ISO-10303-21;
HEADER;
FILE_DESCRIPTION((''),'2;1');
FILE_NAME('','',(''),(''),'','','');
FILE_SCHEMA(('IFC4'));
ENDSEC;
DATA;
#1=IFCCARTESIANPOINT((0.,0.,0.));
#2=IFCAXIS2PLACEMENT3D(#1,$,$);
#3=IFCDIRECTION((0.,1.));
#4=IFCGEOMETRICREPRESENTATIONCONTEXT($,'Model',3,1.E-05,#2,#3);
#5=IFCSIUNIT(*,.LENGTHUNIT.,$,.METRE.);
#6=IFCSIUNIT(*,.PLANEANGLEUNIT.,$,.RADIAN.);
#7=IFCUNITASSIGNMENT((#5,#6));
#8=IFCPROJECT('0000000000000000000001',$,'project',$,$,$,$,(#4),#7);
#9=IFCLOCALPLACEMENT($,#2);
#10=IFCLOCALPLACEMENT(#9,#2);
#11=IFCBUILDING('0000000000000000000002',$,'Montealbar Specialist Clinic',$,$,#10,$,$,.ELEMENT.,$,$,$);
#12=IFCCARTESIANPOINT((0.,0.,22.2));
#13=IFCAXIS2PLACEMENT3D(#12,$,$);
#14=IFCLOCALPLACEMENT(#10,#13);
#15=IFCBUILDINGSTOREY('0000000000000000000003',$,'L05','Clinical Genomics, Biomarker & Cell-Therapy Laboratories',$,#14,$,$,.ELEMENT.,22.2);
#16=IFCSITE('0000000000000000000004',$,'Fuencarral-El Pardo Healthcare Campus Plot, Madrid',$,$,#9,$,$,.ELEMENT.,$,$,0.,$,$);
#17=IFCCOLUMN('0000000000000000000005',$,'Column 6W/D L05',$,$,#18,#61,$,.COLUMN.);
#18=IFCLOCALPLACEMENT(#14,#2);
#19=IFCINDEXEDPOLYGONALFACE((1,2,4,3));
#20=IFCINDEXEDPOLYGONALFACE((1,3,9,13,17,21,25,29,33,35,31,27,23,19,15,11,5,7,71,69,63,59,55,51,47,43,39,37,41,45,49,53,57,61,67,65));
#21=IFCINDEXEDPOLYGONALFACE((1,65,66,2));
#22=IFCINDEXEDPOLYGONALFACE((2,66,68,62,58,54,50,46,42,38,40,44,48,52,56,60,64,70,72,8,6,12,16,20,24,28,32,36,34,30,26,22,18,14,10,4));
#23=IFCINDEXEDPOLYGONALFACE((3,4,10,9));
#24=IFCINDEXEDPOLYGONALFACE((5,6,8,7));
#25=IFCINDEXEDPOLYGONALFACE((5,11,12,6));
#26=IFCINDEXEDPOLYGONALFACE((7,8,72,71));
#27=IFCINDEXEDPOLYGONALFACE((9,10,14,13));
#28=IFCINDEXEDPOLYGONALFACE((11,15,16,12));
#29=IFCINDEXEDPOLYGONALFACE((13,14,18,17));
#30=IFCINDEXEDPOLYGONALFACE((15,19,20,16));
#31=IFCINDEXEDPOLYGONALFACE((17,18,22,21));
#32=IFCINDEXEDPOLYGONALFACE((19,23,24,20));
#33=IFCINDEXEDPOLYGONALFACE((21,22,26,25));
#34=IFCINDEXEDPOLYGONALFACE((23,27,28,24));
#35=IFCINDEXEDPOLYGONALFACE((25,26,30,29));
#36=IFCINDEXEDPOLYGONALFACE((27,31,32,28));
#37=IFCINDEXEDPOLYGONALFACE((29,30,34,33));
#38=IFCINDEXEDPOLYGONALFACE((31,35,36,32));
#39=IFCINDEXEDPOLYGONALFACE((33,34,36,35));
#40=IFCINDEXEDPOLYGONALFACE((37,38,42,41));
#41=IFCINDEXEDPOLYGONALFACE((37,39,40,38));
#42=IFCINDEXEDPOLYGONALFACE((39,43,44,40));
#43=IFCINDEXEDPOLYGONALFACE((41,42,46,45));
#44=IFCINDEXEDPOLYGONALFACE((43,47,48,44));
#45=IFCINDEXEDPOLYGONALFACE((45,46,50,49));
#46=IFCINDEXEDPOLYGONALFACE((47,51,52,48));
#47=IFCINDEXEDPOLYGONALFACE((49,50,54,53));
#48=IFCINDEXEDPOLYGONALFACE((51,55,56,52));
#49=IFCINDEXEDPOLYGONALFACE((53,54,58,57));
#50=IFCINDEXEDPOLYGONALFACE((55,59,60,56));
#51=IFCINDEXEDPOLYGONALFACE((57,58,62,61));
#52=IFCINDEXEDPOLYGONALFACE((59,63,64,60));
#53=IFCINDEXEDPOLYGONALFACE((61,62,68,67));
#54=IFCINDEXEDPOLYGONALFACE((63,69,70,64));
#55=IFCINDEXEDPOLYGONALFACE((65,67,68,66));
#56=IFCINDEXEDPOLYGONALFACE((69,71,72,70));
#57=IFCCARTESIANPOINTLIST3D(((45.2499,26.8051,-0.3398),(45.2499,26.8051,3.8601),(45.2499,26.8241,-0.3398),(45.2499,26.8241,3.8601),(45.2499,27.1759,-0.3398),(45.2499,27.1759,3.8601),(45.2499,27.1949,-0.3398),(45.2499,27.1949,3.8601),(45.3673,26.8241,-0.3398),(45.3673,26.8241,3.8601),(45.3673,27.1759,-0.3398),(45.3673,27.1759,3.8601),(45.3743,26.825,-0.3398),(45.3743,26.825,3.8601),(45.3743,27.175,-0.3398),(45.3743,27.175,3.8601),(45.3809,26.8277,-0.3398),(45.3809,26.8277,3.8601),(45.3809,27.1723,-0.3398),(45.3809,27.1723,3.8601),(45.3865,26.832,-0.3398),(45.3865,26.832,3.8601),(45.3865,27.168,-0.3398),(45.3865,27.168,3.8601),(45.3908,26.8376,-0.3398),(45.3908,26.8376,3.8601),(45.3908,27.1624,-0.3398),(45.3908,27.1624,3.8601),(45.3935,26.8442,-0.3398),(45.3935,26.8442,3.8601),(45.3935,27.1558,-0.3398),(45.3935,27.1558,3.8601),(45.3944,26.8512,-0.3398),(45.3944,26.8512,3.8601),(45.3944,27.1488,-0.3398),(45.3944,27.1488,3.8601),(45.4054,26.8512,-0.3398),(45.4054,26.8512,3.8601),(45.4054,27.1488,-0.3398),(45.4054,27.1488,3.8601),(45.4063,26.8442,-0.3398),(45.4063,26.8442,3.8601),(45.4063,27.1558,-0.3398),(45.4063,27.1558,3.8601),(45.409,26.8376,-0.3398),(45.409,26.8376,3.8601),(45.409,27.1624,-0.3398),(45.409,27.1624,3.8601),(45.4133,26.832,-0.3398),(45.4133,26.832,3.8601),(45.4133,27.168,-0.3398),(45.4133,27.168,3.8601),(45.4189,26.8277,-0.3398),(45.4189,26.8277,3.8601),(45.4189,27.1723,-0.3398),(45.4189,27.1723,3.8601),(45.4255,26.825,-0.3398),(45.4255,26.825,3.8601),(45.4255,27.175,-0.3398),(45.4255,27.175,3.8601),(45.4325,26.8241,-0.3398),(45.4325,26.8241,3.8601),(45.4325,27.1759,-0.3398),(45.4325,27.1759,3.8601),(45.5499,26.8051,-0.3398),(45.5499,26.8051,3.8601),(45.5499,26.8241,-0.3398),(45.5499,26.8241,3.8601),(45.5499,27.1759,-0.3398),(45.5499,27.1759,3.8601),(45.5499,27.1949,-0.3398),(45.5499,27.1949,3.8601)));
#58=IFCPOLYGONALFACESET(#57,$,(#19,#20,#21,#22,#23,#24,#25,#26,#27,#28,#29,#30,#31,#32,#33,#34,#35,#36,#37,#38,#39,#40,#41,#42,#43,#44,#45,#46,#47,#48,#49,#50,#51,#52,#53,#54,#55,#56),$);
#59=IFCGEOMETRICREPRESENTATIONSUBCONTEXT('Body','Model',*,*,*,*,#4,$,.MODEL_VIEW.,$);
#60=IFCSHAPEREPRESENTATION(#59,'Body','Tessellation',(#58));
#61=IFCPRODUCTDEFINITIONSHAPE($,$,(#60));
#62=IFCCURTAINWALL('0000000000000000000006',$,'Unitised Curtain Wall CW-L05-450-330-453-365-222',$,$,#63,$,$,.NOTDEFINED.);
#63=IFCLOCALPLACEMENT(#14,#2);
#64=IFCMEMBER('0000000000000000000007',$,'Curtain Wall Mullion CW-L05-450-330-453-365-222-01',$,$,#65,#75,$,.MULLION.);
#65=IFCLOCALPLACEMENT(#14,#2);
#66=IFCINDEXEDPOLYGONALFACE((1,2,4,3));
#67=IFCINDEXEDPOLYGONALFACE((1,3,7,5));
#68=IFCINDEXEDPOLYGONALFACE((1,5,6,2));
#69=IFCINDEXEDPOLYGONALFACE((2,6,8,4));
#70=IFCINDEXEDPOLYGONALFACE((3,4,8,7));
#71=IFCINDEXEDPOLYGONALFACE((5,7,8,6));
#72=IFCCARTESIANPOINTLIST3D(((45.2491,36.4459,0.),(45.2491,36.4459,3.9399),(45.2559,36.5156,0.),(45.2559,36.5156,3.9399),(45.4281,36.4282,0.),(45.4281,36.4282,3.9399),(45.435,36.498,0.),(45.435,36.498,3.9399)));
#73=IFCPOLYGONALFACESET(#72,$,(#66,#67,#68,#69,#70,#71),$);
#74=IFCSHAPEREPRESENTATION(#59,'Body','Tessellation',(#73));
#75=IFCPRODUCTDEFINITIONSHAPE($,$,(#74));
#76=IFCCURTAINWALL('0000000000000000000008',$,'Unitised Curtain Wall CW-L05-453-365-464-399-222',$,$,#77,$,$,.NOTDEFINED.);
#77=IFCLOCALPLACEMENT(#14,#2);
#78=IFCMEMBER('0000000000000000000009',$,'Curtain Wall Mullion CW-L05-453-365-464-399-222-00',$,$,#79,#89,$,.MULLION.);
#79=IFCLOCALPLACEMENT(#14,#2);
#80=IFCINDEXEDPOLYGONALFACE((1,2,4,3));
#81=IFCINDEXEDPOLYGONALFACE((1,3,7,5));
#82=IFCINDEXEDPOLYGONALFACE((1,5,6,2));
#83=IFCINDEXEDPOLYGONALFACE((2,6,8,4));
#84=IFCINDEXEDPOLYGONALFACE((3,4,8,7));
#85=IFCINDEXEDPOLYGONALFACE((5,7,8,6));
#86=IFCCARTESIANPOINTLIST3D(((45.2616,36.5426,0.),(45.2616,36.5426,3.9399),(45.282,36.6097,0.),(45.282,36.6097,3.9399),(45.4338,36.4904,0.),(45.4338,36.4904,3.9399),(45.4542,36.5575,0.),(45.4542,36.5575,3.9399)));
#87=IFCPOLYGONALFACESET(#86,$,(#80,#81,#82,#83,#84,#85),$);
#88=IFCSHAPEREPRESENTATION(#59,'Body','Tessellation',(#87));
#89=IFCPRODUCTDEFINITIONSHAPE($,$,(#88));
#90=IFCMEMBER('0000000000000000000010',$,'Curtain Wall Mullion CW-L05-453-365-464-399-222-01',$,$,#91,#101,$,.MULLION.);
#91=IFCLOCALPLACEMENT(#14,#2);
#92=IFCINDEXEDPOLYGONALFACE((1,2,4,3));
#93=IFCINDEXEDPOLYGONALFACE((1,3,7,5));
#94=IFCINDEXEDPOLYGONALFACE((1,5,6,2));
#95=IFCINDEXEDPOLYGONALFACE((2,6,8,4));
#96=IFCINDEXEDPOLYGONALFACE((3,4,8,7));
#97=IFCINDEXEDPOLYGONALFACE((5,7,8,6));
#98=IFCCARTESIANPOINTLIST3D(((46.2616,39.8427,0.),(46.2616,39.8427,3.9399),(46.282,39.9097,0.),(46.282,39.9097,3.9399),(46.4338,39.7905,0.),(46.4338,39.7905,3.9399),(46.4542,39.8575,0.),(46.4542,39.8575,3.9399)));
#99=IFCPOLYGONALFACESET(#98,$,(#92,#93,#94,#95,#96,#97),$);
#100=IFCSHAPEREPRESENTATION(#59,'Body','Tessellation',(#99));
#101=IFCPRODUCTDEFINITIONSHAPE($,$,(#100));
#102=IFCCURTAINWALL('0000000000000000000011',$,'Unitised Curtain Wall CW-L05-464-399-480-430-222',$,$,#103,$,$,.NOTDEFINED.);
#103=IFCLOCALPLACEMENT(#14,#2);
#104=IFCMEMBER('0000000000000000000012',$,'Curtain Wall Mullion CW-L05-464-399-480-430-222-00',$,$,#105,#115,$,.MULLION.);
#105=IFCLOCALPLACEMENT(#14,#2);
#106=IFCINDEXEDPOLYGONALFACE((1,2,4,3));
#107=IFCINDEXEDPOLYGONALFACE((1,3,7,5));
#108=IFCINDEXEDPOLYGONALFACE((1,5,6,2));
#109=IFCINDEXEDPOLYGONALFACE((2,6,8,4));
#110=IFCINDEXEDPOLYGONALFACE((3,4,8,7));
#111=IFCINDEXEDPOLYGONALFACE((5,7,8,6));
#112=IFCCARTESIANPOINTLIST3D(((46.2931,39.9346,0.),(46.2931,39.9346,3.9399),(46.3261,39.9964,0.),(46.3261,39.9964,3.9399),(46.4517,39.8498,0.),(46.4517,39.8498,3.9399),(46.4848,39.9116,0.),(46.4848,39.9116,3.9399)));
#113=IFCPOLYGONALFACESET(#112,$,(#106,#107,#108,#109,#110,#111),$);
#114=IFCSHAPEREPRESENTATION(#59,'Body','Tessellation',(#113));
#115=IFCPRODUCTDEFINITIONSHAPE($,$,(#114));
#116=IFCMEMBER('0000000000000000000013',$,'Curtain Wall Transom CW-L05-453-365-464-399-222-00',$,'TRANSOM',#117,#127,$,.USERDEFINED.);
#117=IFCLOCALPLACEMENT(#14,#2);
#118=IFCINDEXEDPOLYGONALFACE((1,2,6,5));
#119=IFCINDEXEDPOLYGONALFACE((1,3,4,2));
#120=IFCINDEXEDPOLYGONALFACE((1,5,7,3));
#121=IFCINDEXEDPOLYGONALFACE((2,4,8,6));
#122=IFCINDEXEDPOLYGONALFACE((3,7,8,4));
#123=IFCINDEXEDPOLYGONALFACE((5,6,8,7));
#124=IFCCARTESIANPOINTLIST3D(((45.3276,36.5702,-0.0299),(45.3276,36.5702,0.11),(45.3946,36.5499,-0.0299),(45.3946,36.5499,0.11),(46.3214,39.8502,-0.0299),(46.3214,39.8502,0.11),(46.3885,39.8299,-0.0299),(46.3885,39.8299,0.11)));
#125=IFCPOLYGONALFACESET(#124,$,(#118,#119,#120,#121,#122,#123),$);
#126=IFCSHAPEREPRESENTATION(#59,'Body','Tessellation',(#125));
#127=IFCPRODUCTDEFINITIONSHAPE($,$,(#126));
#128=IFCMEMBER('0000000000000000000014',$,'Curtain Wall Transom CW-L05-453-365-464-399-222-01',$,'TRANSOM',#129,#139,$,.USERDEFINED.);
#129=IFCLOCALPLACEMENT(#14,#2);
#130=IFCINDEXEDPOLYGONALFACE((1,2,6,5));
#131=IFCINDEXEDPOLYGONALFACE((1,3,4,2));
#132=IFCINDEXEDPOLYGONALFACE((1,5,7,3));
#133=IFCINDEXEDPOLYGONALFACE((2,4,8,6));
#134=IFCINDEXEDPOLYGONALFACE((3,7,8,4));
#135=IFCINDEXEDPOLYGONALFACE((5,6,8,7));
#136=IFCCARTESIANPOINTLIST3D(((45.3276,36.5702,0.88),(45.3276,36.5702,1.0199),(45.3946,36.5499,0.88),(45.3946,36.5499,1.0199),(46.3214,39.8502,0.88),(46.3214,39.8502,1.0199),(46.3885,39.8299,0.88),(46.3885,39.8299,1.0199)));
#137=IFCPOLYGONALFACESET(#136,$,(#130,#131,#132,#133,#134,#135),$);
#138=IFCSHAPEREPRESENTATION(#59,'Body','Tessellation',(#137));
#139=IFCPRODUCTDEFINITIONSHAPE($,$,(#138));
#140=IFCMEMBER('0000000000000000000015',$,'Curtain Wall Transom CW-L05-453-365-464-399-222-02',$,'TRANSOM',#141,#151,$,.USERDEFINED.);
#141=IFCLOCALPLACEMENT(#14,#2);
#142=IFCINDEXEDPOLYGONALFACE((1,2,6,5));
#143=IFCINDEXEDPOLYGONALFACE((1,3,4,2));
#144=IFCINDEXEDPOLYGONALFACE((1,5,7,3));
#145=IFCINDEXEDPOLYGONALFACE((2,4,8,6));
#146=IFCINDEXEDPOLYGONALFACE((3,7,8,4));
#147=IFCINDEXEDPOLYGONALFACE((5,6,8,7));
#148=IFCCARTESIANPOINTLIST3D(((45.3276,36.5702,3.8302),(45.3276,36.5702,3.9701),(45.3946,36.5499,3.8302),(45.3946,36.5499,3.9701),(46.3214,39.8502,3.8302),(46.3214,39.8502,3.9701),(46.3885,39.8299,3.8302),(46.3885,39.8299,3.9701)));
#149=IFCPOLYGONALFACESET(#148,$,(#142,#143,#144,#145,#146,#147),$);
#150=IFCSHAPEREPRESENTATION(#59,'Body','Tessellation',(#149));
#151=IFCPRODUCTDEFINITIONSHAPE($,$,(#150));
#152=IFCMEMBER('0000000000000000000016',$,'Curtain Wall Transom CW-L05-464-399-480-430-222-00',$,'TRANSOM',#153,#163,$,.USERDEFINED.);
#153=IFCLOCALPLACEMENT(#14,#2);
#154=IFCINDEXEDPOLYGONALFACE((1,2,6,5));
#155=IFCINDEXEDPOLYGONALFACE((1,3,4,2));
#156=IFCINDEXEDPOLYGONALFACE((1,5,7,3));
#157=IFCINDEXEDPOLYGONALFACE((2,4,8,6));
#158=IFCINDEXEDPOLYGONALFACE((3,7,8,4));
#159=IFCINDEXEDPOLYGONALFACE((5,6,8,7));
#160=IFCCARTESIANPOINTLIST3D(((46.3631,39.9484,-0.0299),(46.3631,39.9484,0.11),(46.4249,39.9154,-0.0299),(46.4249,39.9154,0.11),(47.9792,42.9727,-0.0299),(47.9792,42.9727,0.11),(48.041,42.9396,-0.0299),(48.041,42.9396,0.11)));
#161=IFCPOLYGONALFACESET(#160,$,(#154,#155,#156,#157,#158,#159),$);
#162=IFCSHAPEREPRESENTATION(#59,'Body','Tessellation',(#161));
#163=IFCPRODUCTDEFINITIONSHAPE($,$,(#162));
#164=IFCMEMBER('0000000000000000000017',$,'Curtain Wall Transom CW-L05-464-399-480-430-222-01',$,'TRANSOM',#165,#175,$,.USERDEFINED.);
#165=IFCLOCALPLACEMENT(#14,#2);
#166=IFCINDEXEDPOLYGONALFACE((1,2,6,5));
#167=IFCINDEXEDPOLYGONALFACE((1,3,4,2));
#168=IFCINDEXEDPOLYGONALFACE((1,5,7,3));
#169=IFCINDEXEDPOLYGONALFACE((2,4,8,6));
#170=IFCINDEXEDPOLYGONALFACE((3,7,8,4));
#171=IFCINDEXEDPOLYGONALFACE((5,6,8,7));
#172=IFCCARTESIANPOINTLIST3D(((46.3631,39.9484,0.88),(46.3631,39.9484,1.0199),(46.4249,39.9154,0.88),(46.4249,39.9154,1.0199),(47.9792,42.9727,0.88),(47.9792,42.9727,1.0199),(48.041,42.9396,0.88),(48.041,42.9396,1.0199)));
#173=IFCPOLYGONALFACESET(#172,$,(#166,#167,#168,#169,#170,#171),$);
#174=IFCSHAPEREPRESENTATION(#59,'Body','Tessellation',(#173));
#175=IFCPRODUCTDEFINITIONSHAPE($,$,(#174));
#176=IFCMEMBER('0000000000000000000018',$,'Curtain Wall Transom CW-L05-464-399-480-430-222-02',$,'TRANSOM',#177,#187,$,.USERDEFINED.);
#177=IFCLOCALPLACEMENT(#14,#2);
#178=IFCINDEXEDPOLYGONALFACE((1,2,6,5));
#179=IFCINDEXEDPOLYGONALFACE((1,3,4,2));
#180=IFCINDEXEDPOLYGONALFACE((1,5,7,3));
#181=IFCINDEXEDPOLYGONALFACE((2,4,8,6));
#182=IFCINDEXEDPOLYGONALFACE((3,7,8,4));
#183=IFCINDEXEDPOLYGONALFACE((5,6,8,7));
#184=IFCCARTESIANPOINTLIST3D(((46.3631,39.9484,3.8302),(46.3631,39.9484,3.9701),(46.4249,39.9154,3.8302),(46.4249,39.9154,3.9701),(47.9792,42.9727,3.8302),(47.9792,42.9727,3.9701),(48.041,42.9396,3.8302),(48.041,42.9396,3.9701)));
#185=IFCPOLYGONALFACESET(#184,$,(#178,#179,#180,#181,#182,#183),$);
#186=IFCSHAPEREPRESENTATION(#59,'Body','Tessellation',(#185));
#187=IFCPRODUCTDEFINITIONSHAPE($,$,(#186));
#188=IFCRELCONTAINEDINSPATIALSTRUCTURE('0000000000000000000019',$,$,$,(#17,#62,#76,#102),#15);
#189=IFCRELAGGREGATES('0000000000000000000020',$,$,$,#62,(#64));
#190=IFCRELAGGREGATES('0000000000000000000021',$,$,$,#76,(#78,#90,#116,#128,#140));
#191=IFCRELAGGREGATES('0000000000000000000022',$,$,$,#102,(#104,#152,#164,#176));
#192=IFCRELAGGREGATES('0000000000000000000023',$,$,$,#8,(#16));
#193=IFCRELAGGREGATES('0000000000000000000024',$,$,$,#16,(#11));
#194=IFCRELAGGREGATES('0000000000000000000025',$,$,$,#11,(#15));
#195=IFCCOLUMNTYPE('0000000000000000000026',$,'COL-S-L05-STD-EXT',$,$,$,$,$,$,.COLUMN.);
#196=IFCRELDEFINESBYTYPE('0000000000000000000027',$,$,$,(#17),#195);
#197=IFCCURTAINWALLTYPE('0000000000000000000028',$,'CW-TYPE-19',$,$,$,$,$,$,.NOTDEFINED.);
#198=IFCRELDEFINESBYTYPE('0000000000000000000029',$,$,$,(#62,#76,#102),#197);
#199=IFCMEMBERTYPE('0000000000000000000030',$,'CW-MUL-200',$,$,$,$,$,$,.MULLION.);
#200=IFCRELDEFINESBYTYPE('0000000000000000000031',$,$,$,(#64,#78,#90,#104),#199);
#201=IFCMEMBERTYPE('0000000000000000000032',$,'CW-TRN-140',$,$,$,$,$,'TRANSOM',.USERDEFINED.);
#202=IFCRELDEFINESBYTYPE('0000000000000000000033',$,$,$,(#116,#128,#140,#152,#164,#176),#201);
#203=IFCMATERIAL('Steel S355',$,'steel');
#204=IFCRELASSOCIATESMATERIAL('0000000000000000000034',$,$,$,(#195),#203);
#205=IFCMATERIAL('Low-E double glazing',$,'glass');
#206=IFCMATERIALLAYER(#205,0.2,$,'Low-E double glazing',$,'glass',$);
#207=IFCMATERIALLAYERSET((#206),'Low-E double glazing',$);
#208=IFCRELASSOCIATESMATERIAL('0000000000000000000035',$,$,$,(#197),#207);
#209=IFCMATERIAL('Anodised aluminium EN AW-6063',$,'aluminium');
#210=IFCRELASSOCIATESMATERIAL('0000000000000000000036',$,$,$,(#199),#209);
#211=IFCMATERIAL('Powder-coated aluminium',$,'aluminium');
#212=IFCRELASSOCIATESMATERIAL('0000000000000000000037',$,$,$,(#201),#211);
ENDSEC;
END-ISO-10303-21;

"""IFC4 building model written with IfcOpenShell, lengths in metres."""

from ifc_helpers import new_model, si_unit, direction, frame, origin, origin_2d, place, context, subcontext, project, spatial, rectangle, i_section, extrude, material, layer, layer_set, material_profile, profile_set, type_object, element, aggregate, save


model = new_model("IFC4")

# Units and contexts
model_context = context("Model", 3, precision=1e-05, world=origin(), true_north=direction((0.0, 1.0)))
body_context = subcontext(model_context, "Body", "Model", "MODEL_VIEW")
ifc_project = project(units=[si_unit("LENGTHUNIT", "METRE"), si_unit("PLANEANGLEUNIT", "RADIAN")], contexts=[model_context])

# Site, building, storey
site_placement = place(None, origin())
site = spatial("IfcSite", under=ifc_project, at=site_placement, Name="Fuencarral-El Pardo Healthcare Campus Plot, Madrid", CompositionType="ELEMENT", RefElevation=0.0)
building_placement = place(site_placement, origin())
building = spatial("IfcBuilding", under=site, at=building_placement, Name="Montealbar Specialist Clinic", CompositionType="ELEMENT")
storey_placement = place(building_placement, frame((0.0, 0.0, 22.2)))
storey = spatial("IfcBuildingStorey", under=building, at=storey_placement, Name="L05", Description="Clinical Genomics, Biomarker & Cell-Therapy Laboratories", CompositionType="ELEMENT", Elevation=22.2)

# Column
ifc_material_1 = material(Name="Steel S355", Category="steel")
ifc_material_profile_1 = material_profile(ifc_material_1, i_section(OverallWidth=0.3, OverallDepth=0.3899, WebThickness=0.011, FlangeThickness=0.019, FilletRadius=0.0271, at=origin_2d()), Name="HEA 400", Category="steel")
ifc_profile_set_1 = profile_set([ifc_material_profile_1], Name="Steel S355")
column_type = type_object("IfcColumnType", Name="COL-S-L05-STD-EXT", PredefinedType="COLUMN", material=ifc_profile_set_1)
column_placement = place(storey_placement, frame((45.3999, 27.0, -0.3398), z_axis=(0.0, 0.0, 1.0), x_axis=(1.0, 0.0, 0.0)))
element("IfcColumn", 1, at=column_placement, inside=storey, type_object=column_type, Name="Column 6W/D L05", PredefinedType="COLUMN", context=body_context, shape_type="SweptSolid", body=[
    extrude(i_section(OverallWidth=0.3, OverallDepth=0.3899, WebThickness=0.011, FlangeThickness=0.019, FilletRadius=0.0271, at=origin_2d()), origin(), (0.0, 0.0, 1.0), 4.2),
])

# Curtain wall, member
ifc_material_2 = material(Name="Low-E double glazing", Category="glass")
ifc_layer_1 = layer(ifc_material_2, 0.2, Name="Low-E double glazing", Category="glass")
ifc_layer_set_1 = layer_set([ifc_layer_1], Name="Low-E double glazing")
curtain_wall_type = type_object("IfcCurtainWallType", Name="CW-TYPE-19", PredefinedType="NOTDEFINED", material=ifc_layer_set_1)
curtain_wall_1_placement = place(storey_placement, origin())
curtain_wall_1 = element("IfcCurtainWall", 2, at=curtain_wall_1_placement, inside=storey, type_object=curtain_wall_type, Name="Unitised Curtain Wall CW-L05-450-330-453-365-222", PredefinedType="NOTDEFINED")
ifc_material_3 = material(Name="Anodised aluminium EN AW-6063", Category="aluminium")
ifc_material_profile_2 = material_profile(ifc_material_3, rectangle(XDim=0.0701, YDim=0.1799, at=origin_2d()), Name="ALU 70x180", Category="aluminium")
ifc_profile_set_2 = profile_set([ifc_material_profile_2], Name="Anodised aluminium EN AW-6063")
member_type_1 = type_object("IfcMemberType", Name="CW-MUL-200", PredefinedType="MULLION", material=ifc_profile_set_2)
member_1_placement = place(storey_placement, frame((45.342, 36.4719, 0.0), z_axis=(0.0, 0.0, 1.0), x_axis=(0.098045, 0.995182, 0.0)))
member_1 = element("IfcMember", 3, at=member_1_placement, type_object=member_type_1, Name="Curtain Wall Mullion CW-L05-450-330-453-365-222-01", PredefinedType="MULLION", context=body_context, shape_type="SweptSolid", body=[
    extrude(rectangle(XDim=0.0701, YDim=0.1799, at=origin_2d()), origin(), (0.0, 0.0, 1.0), 3.9399),
])

# Curtain wall, members
curtain_wall_2_placement = place(storey_placement, origin())
curtain_wall_2 = element("IfcCurtainWall", 4, at=curtain_wall_2_placement, inside=storey, type_object=curtain_wall_type, Name="Unitised Curtain Wall CW-L05-453-365-464-399-222", PredefinedType="NOTDEFINED")
member_2_placement = place(storey_placement, frame((45.3579, 36.55, 0.0), z_axis=(0.0, 0.0, 1.0), x_axis=(0.290259, 0.956948, 0.0)))
member_2 = element("IfcMember", 5, at=member_2_placement, type_object=member_type_1, Name="Curtain Wall Mullion CW-L05-453-365-464-399-222-00", PredefinedType="MULLION", context=body_context, shape_type="SweptSolid", body=[
    extrude(rectangle(XDim=0.0701, YDim=0.1799, at=origin_2d()), origin(), (0.0, 0.0, 1.0), 3.9399),
])
member_3_placement = place(storey_placement, frame((46.3579, 39.8501, 0.0), z_axis=(0.0, 0.0, 1.0), x_axis=(0.290259, 0.956948, 0.0)))
member_3 = element("IfcMember", 6, at=member_3_placement, type_object=member_type_1, Name="Curtain Wall Mullion CW-L05-453-365-464-399-222-01", PredefinedType="MULLION", context=body_context, shape_type="SweptSolid", body=[
    extrude(rectangle(XDim=0.0701, YDim=0.1799, at=origin_2d()), origin(), (0.0, 0.0, 1.0), 3.9399),
])

# Curtain wall, member
curtain_wall_3_placement = place(storey_placement, origin())
curtain_wall_3 = element("IfcCurtainWall", 7, at=curtain_wall_3_placement, inside=storey, type_object=curtain_wall_type, Name="Unitised Curtain Wall CW-L05-464-399-480-430-222", PredefinedType="NOTDEFINED")
member_4_placement = place(storey_placement, frame((46.3889, 39.9231, 0.0), z_axis=(0.0, 0.0, 1.0), x_axis=(0.471529, 0.88185, 0.0)))
member_4 = element("IfcMember", 8, at=member_4_placement, type_object=member_type_1, Name="Curtain Wall Mullion CW-L05-464-399-480-430-222-00", PredefinedType="MULLION", context=body_context, shape_type="SweptSolid", body=[
    extrude(rectangle(XDim=0.0701, YDim=0.1799, at=origin_2d()), origin(), (0.0, 0.0, 1.0), 3.9399),
])

# Members
ifc_material_4 = material(Name="Powder-coated aluminium", Category="aluminium")
ifc_material_profile_3 = material_profile(ifc_material_4, rectangle(XDim=0.0701, YDim=0.1399, at=origin_2d()), Name="ALU 70x140", Category="aluminium")
ifc_profile_set_3 = profile_set([ifc_material_profile_3], Name="Powder-coated aluminium")
member_type_2 = type_object("IfcMemberType", Name="CW-TRN-140", ElementType="TRANSOM", PredefinedType="USERDEFINED", material=ifc_profile_set_3)
member_5_placement = place(storey_placement, frame((45.3611, 36.5601, 0.04), z_axis=(0.289994, 0.957029, 0.0), x_axis=(-0.957029, 0.289994, 0.0)))
member_5 = element("IfcMember", 9, at=member_5_placement, type_object=member_type_2, Name="Curtain Wall Transom CW-L05-453-365-464-399-222-00", ObjectType="TRANSOM", PredefinedType="USERDEFINED", context=body_context, shape_type="SweptSolid", body=[
    extrude(rectangle(XDim=0.0701, YDim=0.1399, at=origin_2d()), origin(), (0.0, 0.0, 1.0), 3.4272),
])
member_6_placement = place(storey_placement, frame((45.3611, 36.5601, 0.95), z_axis=(0.289994, 0.957029, 0.0), x_axis=(-0.957029, 0.289994, 0.0)))
member_6 = element("IfcMember", 10, at=member_6_placement, type_object=member_type_2, Name="Curtain Wall Transom CW-L05-453-365-464-399-222-01", ObjectType="TRANSOM", PredefinedType="USERDEFINED", context=body_context, shape_type="SweptSolid", body=[
    extrude(rectangle(XDim=0.0701, YDim=0.1399, at=origin_2d()), origin(), (0.0, 0.0, 1.0), 3.4272),
])
member_7_placement = place(storey_placement, frame((45.3611, 36.5601, 3.9001), z_axis=(0.289994, 0.957029, 0.0), x_axis=(-0.957029, 0.289994, 0.0)))
member_7 = element("IfcMember", 11, at=member_7_placement, type_object=member_type_2, Name="Curtain Wall Transom CW-L05-453-365-464-399-222-02", ObjectType="TRANSOM", PredefinedType="USERDEFINED", context=body_context, shape_type="SweptSolid", body=[
    extrude(rectangle(XDim=0.0701, YDim=0.1399, at=origin_2d()), origin(), (0.0, 0.0, 1.0), 3.4272),
])
member_8_placement = place(storey_placement, frame((46.394, 39.9319, 0.04), z_axis=(0.471287, 0.88198, 0.0), x_axis=(-0.88198, 0.471287, 0.0)))
member_8 = element("IfcMember", 12, at=member_8_placement, type_object=member_type_2, Name="Curtain Wall Transom CW-L05-464-399-480-430-222-00", ObjectType="TRANSOM", PredefinedType="USERDEFINED", context=body_context, shape_type="SweptSolid", body=[
    extrude(rectangle(XDim=0.0701, YDim=0.1399, at=origin_2d()), origin(), (0.0, 0.0, 1.0), 3.429),
])
member_9_placement = place(storey_placement, frame((46.394, 39.9319, 0.95), z_axis=(0.471287, 0.88198, 0.0), x_axis=(-0.88198, 0.471287, 0.0)))
member_9 = element("IfcMember", 13, at=member_9_placement, type_object=member_type_2, Name="Curtain Wall Transom CW-L05-464-399-480-430-222-01", ObjectType="TRANSOM", PredefinedType="USERDEFINED", context=body_context, shape_type="SweptSolid", body=[
    extrude(rectangle(XDim=0.0701, YDim=0.1399, at=origin_2d()), origin(), (0.0, 0.0, 1.0), 3.429),
])
member_10_placement = place(storey_placement, frame((46.394, 39.9319, 3.9001), z_axis=(0.471287, 0.88198, 0.0), x_axis=(-0.88198, 0.471287, 0.0)))
member_10 = element("IfcMember", 14, at=member_10_placement, type_object=member_type_2, Name="Curtain Wall Transom CW-L05-464-399-480-430-222-02", ObjectType="TRANSOM", PredefinedType="USERDEFINED", context=body_context, shape_type="SweptSolid", body=[
    extrude(rectangle(XDim=0.0701, YDim=0.1399, at=origin_2d()), origin(), (0.0, 0.0, 1.0), 3.429),
])

aggregate(curtain_wall_1, [member_1])
aggregate(curtain_wall_2, [member_2, member_3, member_5, member_6, member_7])
aggregate(curtain_wall_3, [member_4, member_8, member_9, member_10])

save(model, "model.ifc")
